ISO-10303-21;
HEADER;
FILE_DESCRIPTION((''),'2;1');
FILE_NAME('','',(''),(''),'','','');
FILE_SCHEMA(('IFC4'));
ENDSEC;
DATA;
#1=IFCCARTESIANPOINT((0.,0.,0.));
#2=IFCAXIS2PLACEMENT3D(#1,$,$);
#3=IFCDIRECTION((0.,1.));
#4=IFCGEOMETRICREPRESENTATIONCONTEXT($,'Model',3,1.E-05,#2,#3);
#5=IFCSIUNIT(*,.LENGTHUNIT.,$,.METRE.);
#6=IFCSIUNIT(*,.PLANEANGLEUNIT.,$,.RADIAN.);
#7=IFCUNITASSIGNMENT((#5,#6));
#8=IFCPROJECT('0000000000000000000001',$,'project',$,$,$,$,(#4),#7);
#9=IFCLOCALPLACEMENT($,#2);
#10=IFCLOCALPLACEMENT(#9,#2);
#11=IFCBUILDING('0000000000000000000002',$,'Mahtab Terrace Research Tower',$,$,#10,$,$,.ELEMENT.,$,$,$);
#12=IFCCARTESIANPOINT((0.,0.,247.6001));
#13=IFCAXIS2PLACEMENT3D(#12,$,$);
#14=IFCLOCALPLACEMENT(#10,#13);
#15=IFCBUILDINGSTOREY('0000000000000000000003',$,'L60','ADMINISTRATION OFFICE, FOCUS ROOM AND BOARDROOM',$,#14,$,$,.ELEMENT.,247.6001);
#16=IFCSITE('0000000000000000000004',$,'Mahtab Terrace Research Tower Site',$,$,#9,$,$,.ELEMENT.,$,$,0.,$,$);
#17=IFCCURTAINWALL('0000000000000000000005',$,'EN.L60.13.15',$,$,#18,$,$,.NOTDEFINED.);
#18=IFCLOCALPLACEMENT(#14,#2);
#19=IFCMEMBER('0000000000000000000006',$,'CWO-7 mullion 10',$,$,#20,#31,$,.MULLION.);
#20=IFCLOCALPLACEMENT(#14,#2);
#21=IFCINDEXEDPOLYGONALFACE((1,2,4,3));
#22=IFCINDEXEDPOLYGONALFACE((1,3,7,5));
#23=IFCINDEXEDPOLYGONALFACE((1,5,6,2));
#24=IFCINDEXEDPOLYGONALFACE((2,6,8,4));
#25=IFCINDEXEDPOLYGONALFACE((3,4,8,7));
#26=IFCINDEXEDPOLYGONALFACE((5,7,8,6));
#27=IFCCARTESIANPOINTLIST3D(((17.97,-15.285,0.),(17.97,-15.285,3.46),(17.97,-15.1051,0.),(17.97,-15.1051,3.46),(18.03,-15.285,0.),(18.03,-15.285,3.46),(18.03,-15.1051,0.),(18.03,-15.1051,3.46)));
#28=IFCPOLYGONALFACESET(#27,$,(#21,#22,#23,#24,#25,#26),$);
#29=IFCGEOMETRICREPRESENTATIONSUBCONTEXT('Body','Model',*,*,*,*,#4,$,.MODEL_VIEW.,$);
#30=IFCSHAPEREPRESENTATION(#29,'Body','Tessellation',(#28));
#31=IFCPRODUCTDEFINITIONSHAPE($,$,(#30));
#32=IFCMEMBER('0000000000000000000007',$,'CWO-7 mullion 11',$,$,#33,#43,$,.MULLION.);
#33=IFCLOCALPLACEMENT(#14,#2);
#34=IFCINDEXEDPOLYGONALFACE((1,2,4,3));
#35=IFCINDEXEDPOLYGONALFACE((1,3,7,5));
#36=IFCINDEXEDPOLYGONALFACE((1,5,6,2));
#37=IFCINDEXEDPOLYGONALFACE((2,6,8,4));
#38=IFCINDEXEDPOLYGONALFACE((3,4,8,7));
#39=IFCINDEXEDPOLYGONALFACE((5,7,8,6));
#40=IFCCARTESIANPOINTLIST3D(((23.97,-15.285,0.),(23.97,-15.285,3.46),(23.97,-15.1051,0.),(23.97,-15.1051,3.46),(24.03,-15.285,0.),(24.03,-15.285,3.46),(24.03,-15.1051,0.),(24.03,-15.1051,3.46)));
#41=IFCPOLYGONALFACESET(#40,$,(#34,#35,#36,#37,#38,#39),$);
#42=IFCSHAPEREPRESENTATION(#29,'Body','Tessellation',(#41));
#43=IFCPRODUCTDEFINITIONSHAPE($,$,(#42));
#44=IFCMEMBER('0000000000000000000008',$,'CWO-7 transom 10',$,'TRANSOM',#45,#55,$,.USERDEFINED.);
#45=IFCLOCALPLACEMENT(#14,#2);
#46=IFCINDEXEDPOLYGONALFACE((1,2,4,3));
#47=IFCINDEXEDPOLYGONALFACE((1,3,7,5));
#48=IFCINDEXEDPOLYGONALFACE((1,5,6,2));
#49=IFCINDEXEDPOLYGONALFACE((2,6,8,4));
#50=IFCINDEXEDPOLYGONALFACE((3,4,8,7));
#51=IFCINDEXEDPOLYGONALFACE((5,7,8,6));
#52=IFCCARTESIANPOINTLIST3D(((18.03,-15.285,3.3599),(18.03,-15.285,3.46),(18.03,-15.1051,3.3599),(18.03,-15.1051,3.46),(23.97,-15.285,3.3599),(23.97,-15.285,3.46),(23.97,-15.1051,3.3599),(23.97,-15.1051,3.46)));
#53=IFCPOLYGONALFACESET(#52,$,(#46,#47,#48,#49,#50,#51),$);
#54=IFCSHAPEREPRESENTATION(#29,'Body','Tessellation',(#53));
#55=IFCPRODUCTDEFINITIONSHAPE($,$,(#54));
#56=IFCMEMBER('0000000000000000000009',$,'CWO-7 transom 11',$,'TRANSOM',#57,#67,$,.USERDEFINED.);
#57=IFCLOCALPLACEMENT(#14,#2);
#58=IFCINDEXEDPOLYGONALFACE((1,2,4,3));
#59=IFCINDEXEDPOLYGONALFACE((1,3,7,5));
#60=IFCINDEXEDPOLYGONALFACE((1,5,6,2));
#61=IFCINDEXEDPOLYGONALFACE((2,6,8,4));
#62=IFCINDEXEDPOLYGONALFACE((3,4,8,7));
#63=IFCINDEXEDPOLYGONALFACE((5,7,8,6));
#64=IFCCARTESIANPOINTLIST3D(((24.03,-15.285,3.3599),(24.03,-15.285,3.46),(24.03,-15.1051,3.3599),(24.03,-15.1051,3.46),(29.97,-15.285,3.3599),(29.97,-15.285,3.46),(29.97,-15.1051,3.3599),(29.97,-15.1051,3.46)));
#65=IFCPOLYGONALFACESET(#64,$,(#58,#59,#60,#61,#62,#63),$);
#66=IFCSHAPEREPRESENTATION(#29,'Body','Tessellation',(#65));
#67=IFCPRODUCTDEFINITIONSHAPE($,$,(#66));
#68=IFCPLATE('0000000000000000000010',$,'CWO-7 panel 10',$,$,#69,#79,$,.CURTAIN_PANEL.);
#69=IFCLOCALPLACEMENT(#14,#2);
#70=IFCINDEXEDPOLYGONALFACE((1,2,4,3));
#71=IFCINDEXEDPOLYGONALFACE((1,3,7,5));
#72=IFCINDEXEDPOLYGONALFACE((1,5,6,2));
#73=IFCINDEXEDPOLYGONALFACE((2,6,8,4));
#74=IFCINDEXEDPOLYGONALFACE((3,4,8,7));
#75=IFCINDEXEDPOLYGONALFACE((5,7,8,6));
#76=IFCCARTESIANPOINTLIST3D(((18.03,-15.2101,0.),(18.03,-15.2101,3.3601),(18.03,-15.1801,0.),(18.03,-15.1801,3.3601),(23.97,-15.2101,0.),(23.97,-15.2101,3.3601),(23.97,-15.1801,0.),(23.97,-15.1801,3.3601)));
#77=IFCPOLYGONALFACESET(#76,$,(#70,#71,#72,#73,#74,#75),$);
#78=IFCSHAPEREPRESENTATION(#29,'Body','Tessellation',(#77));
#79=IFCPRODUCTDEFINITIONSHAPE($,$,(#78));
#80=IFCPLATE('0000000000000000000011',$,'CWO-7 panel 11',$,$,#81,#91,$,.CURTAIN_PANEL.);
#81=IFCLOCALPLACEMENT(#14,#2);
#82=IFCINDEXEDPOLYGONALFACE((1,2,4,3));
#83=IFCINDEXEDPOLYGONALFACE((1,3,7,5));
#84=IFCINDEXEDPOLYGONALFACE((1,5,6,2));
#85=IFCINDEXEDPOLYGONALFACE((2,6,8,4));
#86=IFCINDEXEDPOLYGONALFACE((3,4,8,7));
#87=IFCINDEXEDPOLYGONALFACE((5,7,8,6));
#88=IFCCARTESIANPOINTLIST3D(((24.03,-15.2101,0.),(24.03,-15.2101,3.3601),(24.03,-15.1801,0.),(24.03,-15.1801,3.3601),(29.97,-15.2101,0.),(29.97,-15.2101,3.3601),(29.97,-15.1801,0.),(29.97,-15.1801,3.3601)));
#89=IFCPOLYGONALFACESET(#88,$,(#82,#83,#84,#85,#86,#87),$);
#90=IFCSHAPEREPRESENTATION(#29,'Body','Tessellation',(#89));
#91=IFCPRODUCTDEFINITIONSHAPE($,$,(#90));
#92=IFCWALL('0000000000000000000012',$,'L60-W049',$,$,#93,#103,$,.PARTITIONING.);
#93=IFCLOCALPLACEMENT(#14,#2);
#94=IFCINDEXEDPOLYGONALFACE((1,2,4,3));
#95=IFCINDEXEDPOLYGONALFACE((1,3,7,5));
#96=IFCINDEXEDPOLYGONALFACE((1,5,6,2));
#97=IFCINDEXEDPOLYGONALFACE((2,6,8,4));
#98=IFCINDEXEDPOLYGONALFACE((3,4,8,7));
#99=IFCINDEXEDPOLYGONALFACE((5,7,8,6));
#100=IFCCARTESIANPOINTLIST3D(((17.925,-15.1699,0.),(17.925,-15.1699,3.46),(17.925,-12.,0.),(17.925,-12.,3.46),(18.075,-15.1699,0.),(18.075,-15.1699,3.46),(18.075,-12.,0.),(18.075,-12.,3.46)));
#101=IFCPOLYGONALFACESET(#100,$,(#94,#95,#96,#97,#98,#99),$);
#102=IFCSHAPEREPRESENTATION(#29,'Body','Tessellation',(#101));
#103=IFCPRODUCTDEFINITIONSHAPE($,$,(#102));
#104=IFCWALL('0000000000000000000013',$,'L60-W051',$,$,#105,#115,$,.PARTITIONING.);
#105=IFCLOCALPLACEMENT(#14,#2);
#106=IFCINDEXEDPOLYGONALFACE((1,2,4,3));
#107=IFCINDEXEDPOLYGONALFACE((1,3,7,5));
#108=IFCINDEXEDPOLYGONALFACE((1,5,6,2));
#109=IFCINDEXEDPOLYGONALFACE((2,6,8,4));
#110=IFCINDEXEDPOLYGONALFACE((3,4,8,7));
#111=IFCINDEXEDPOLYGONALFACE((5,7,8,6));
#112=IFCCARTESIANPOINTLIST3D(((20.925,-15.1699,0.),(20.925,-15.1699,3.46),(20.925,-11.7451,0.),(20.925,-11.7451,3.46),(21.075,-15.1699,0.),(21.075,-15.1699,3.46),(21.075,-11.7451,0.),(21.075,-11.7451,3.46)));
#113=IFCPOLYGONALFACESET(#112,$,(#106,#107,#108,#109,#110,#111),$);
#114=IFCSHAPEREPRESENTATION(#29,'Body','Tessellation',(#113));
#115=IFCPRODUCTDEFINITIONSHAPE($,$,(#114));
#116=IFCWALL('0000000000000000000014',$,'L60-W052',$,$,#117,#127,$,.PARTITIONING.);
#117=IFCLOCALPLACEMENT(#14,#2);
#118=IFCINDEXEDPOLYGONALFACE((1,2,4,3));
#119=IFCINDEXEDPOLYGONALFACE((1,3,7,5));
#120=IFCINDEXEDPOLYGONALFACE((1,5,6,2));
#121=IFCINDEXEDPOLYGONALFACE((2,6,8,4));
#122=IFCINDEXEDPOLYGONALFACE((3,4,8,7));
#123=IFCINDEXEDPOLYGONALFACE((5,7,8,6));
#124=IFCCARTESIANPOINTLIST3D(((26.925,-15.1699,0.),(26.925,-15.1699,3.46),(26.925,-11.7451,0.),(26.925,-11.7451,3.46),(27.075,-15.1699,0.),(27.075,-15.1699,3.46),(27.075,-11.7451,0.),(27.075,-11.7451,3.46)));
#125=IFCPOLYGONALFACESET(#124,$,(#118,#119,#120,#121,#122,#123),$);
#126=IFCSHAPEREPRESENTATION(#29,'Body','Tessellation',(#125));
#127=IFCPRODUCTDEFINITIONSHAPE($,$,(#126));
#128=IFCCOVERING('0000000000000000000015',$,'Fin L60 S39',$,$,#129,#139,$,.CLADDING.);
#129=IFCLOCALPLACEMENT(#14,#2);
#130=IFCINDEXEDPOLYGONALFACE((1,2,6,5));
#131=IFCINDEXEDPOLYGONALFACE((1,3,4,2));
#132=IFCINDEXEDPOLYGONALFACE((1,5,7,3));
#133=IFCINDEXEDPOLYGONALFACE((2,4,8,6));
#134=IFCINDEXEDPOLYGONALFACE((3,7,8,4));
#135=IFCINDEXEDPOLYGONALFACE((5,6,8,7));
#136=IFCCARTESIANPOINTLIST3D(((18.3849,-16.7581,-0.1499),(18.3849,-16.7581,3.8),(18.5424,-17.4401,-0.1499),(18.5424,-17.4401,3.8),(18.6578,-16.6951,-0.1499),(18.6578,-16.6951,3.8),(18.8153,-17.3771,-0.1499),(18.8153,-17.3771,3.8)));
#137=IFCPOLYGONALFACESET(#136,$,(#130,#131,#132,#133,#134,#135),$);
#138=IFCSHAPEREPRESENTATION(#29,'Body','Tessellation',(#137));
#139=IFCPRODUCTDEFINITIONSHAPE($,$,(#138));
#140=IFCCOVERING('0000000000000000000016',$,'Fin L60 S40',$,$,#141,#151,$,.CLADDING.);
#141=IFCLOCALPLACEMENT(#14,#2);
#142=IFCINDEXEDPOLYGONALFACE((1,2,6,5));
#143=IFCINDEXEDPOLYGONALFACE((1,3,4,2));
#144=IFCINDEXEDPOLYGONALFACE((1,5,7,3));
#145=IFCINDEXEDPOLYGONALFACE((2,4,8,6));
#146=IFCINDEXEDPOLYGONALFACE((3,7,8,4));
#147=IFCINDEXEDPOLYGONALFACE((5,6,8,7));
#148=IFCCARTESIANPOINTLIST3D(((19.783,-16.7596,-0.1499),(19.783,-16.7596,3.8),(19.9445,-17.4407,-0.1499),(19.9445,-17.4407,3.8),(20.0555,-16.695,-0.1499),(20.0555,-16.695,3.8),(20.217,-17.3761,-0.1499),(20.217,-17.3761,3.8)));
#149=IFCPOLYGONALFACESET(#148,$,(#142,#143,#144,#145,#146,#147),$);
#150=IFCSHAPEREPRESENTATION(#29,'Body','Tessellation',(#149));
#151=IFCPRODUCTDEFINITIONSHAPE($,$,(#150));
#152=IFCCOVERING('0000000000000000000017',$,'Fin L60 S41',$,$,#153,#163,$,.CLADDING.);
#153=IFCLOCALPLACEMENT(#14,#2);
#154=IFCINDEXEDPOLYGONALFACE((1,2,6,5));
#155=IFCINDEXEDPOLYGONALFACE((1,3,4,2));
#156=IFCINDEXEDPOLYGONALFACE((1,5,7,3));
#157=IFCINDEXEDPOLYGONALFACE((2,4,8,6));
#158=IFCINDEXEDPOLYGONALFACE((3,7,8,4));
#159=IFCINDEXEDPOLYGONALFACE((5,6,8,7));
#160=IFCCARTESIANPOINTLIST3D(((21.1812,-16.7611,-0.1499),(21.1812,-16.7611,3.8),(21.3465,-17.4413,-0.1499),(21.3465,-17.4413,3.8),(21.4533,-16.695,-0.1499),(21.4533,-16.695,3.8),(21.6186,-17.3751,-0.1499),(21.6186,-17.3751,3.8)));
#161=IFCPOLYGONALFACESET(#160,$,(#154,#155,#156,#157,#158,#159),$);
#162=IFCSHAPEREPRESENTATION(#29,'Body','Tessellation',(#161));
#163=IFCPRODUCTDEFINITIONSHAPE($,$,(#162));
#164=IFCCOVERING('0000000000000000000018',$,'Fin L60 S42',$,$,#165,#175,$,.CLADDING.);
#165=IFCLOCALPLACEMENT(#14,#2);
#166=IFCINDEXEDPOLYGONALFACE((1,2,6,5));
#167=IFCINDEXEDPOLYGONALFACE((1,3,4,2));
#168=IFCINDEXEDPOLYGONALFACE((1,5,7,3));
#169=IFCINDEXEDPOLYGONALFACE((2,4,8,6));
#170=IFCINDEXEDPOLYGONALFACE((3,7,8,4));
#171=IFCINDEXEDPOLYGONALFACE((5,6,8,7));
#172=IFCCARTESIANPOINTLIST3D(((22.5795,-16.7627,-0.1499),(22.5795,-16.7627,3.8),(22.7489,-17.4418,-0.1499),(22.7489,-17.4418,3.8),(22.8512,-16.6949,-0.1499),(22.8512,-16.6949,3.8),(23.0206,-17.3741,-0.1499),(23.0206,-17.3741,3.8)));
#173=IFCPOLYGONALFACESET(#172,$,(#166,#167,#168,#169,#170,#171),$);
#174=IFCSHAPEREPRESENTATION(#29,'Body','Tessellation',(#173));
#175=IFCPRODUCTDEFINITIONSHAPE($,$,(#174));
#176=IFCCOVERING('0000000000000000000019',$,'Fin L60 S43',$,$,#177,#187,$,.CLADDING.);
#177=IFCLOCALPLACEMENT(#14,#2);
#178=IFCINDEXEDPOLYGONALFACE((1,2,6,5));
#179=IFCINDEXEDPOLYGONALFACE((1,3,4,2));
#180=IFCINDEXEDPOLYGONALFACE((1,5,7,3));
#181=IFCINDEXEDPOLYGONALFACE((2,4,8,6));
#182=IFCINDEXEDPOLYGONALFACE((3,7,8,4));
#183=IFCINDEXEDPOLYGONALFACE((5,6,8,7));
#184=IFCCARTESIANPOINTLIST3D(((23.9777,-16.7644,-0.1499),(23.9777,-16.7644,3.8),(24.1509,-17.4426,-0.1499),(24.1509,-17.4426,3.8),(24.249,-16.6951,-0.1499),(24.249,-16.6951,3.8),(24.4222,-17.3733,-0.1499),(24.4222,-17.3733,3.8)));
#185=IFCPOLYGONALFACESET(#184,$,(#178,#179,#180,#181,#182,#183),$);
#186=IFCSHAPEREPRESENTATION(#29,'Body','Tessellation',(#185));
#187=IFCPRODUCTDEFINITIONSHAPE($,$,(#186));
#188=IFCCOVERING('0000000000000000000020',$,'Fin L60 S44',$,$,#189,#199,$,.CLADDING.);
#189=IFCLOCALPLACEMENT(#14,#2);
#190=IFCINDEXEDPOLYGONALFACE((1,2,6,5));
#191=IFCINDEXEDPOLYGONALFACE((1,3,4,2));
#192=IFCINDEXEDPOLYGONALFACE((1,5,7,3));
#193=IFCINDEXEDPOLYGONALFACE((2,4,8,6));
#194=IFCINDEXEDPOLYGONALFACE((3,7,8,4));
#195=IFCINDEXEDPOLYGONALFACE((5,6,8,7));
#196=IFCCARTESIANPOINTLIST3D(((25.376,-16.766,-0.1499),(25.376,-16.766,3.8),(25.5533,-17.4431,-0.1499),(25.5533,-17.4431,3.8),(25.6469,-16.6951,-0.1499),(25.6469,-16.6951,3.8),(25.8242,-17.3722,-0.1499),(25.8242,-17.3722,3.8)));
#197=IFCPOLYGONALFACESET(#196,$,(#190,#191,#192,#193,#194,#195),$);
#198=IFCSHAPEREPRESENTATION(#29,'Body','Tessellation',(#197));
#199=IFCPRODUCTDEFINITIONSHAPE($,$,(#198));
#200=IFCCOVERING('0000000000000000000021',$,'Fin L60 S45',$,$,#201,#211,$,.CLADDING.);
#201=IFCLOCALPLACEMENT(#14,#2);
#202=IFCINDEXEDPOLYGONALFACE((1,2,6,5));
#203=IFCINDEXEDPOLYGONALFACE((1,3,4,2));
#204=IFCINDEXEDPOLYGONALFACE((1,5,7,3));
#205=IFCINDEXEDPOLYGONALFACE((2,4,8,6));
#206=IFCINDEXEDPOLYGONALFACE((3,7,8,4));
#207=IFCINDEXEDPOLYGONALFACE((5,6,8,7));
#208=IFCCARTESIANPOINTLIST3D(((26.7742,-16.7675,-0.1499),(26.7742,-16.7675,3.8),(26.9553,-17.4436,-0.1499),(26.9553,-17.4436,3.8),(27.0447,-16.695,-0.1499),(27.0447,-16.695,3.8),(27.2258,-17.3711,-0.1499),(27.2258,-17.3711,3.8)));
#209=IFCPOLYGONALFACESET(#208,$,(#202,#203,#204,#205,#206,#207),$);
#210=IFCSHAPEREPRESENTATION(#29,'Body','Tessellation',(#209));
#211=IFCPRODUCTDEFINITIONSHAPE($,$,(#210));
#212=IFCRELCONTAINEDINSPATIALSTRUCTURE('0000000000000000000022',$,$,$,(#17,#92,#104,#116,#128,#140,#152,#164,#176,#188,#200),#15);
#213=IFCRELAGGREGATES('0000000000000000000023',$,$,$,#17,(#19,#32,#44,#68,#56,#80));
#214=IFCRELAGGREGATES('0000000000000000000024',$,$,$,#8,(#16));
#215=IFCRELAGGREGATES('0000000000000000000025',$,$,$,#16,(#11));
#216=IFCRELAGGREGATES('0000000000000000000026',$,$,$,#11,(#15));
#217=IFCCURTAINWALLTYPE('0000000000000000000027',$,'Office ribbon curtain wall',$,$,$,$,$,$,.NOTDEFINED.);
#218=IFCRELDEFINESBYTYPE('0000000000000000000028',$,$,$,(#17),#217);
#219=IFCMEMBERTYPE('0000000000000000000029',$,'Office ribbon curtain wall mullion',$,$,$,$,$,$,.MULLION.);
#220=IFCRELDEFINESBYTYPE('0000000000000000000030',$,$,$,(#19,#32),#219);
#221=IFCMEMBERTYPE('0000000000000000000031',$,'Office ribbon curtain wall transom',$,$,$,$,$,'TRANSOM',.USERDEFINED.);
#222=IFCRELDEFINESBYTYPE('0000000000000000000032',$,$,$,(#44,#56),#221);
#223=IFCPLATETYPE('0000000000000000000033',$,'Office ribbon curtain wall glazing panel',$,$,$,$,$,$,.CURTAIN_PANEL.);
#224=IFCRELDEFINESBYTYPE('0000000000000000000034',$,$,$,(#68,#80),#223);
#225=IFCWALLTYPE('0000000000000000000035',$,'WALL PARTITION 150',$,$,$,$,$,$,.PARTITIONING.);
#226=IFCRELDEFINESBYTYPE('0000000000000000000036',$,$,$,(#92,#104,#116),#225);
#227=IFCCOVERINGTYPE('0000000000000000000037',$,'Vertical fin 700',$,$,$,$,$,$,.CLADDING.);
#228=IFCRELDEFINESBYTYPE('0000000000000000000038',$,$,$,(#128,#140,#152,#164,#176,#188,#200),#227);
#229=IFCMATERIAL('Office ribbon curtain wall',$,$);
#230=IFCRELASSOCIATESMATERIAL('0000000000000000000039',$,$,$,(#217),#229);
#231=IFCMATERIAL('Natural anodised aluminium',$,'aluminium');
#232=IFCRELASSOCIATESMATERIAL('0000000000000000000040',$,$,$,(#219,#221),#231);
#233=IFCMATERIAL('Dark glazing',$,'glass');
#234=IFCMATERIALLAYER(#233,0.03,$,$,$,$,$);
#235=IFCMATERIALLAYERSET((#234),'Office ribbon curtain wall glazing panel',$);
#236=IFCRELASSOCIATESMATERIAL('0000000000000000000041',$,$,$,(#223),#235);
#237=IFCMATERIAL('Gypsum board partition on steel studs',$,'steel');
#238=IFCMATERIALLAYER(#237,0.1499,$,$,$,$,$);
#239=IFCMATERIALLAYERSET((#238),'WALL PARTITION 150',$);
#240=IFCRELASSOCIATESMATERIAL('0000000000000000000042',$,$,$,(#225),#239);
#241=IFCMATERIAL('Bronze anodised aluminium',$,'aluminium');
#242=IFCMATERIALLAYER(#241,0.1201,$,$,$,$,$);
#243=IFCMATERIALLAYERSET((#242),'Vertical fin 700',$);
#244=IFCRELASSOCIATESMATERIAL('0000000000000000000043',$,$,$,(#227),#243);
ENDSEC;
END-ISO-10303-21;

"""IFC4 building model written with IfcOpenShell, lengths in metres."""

from ifc_helpers import new_model, si_unit, direction, frame, frame_2d, origin, origin_2d, place, context, subcontext, project, spatial, rectangle, extrude, material, layer, layer_set, material_profile, profile_set, type_object, element, aggregate, save


model = new_model("IFC4")

# Units and contexts
model_context = context("Model", 3, precision=1e-05, world=origin(), true_north=direction((0.0, 1.0)))
body_context = subcontext(model_context, "Body", "Model", "MODEL_VIEW")
ifc_project = project(units=[si_unit("LENGTHUNIT", "METRE"), si_unit("PLANEANGLEUNIT", "RADIAN")], contexts=[model_context])

# Site, building, storey
site_placement = place(None, origin())
site = spatial("IfcSite", under=ifc_project, at=site_placement, Name="Mahtab Terrace Research Tower Site", CompositionType="ELEMENT", RefElevation=0.0)
building_placement = place(site_placement, origin())
building = spatial("IfcBuilding", under=site, at=building_placement, Name="Mahtab Terrace Research Tower", CompositionType="ELEMENT")
storey_placement = place(building_placement, frame((0.0, 0.0, 247.6001)))
storey = spatial("IfcBuildingStorey", under=building, at=storey_placement, Name="L60", Description="ADMINISTRATION OFFICE, FOCUS ROOM AND BOARDROOM", CompositionType="ELEMENT", Elevation=247.6001)

# Curtain wall, members, plates
ifc_material_1 = material(Name="Office ribbon curtain wall")
curtain_wall_type = type_object("IfcCurtainWallType", Name="Office ribbon curtain wall", PredefinedType="NOTDEFINED", material=ifc_material_1)
curtain_wall_placement = place(storey_placement, origin())
curtain_wall = element("IfcCurtainWall", 1, at=curtain_wall_placement, inside=storey, type_object=curtain_wall_type, Name="EN.L60.13.15", PredefinedType="NOTDEFINED")
ifc_material_2 = material(Name="Natural anodised aluminium", Category="aluminium")
ifc_material_profile_1 = material_profile(ifc_material_2, rectangle(XDim=0.1799, YDim=0.0601, at=origin_2d()), Name="MULLION 60x180")
ifc_profile_set_1 = profile_set([ifc_material_profile_1], Name="Natural anodised aluminium")
member_type_1 = type_object("IfcMemberType", Name="Office ribbon curtain wall mullion", PredefinedType="MULLION", material=ifc_profile_set_1)
member_1_placement = place(storey_placement, frame((18.0, -15.1951, 0.0), z_axis=(0.0, 0.0, 1.0), x_axis=(0.0, 1.0, 0.0)))
member_1 = element("IfcMember", 2, at=member_1_placement, type_object=member_type_1, Name="CWO-7 mullion 10", PredefinedType="MULLION", context=body_context, shape_type="SweptSolid", body=[
    extrude(rectangle(XDim=0.1799, YDim=0.0601, at=origin_2d()), origin(), (0.0, 0.0, 1.0), 3.46),
])
member_2_placement = place(storey_placement, frame((24.0, -15.1951, 0.0), z_axis=(0.0, 0.0, 1.0), x_axis=(0.0, 1.0, 0.0)))
member_2 = element("IfcMember", 3, at=member_2_placement, type_object=member_type_1, Name="CWO-7 mullion 11", PredefinedType="MULLION", context=body_context, shape_type="SweptSolid", body=[
    extrude(rectangle(XDim=0.1799, YDim=0.0601, at=origin_2d()), origin(), (0.0, 0.0, 1.0), 3.46),
])
ifc_material_profile_2 = material_profile(ifc_material_2, rectangle(XDim=0.1799, YDim=0.1001, at=origin_2d()), Name="TRANSOM 100x180")
ifc_profile_set_2 = profile_set([ifc_material_profile_2], Name="Natural anodised aluminium")
member_type_2 = type_object("IfcMemberType", Name="Office ribbon curtain wall transom", ElementType="TRANSOM", PredefinedType="USERDEFINED", material=ifc_profile_set_2)
member_3_placement = place(storey_placement, frame((18.03, -15.1951, 3.4099), z_axis=(1.0, 0.0, 0.0), x_axis=(0.0, 1.0, 0.0)))
member_3 = element("IfcMember", 4, at=member_3_placement, type_object=member_type_2, Name="CWO-7 transom 10", ObjectType="TRANSOM", PredefinedType="USERDEFINED", context=body_context, shape_type="SweptSolid", body=[
    extrude(rectangle(XDim=0.1799, YDim=0.1001, at=origin_2d()), origin(), (0.0, 0.0, 1.0), 5.9399),
])
member_4_placement = place(storey_placement, frame((24.03, -15.1951, 3.4099), z_axis=(1.0, 0.0, 0.0), x_axis=(0.0, 1.0, 0.0)))
member_4 = element("IfcMember", 5, at=member_4_placement, type_object=member_type_2, Name="CWO-7 transom 11", ObjectType="TRANSOM", PredefinedType="USERDEFINED", context=body_context, shape_type="SweptSolid", body=[
    extrude(rectangle(XDim=0.1799, YDim=0.1001, at=origin_2d()), origin(), (0.0, 0.0, 1.0), 5.9399),
])
ifc_material_3 = material(Name="Dark glazing", Category="glass")
ifc_layer_1 = layer(ifc_material_3, 0.03)
ifc_layer_set_1 = layer_set([ifc_layer_1], Name="Office ribbon curtain wall glazing panel")
plate_type = type_object("IfcPlateType", Name="Office ribbon curtain wall glazing panel", PredefinedType="CURTAIN_PANEL", material=ifc_layer_set_1)
plate_1_placement = place(storey_placement, frame((21.0, -15.1951, 0.0), z_axis=(0.0, 0.0, 1.0), x_axis=(1.0, 0.0, 0.0)))
plate_1 = element("IfcPlate", 6, at=plate_1_placement, type_object=plate_type, Name="CWO-7 panel 10", PredefinedType="CURTAIN_PANEL", context=body_context, shape_type="SweptSolid", body=[
    extrude(rectangle(XDim=5.9399, YDim=0.03, at=origin_2d()), origin(), (0.0, 0.0, 1.0), 3.3601),
])
plate_2_placement = place(storey_placement, frame((27.0, -15.1951, 0.0), z_axis=(0.0, 0.0, 1.0), x_axis=(1.0, 0.0, 0.0)))
plate_2 = element("IfcPlate", 7, at=plate_2_placement, type_object=plate_type, Name="CWO-7 panel 11", PredefinedType="CURTAIN_PANEL", context=body_context, shape_type="SweptSolid", body=[
    extrude(rectangle(XDim=5.9399, YDim=0.03, at=origin_2d()), origin(), (0.0, 0.0, 1.0), 3.3601),
])
aggregate(curtain_wall, [member_1, member_2, member_3, plate_1, member_4, plate_2])

# Walls
ifc_material_4 = material(Name="Gypsum board partition on steel studs", Category="steel")
ifc_layer_2 = layer(ifc_material_4, 0.1499)
ifc_layer_set_2 = layer_set([ifc_layer_2], Name="WALL PARTITION 150")
wall_type = type_object("IfcWallType", Name="WALL PARTITION 150", PredefinedType="PARTITIONING", material=ifc_layer_set_2)
wall_placement = place(storey_placement, frame((18.0, -15.1699, 0.0), z_axis=(0.0, 0.0, 1.0), x_axis=(0.0, 1.0, 0.0)))
element("IfcWall", 8, at=wall_placement, inside=storey, type_object=wall_type, Name="L60-W049", PredefinedType="PARTITIONING", context=body_context, shape_type="SweptSolid", body=[
    extrude(rectangle(XDim=3.1699, YDim=0.1499, at=frame_2d((1.585, 0.0))), origin(), (0.0, 0.0, 1.0), 3.46),
])
for number, where, z_axis, x_axis, name in (
    (9, (21.0, -15.1699, 0.0), (0.0, 0.0, 1.0), (0.0, 1.0, 0.0), "L60-W051"),
    (10, (27.0, -15.1699, 0.0), (0.0, 0.0, 1.0), (0.0, 1.0, 0.0), "L60-W052"),
):
    element("IfcWall", number, at=place(storey_placement, frame(where, z_axis=z_axis, x_axis=x_axis)), inside=storey, type_object=wall_type, Name=name, PredefinedType="PARTITIONING", context=body_context, shape_type="SweptSolid", body=[
        extrude(rectangle(XDim=3.4248, YDim=0.1499, at=frame_2d((1.7124, 0.0))), origin(), (0.0, 0.0, 1.0), 3.46),
    ])

# Coverings
ifc_material_5 = material(Name="Bronze anodised aluminium", Category="aluminium")
ifc_layer_3 = layer(ifc_material_5, 0.1201)
ifc_layer_set_3 = layer_set([ifc_layer_3], Name="Vertical fin 700")
covering_type = type_object("IfcCoveringType", Name="Vertical fin 700", PredefinedType="CLADDING", material=ifc_layer_set_3)
for number, where, z_axis, x_axis, name in (
    (11, (18.6001, -17.0676, -0.1499), (0.0, 0.0, 1.0), (0.97437, 0.224951, 0.0), "Fin L60 S39"),
    (12, (20.0, -17.0679, -0.1499), (0.0, 0.0, 1.0), (0.973045, 0.230616, 0.0), "Fin L60 S40"),
    (13, (21.3999, -17.0681, -0.1499), (0.0, 0.0, 1.0), (0.971687, 0.236273, 0.0), "Fin L60 S41"),
    (14, (22.8, -17.0684, -0.1499), (0.0, 0.0, 1.0), (0.970296, 0.241922, 0.0), "Fin L60 S42"),
    (15, (24.2, -17.0688, -0.1499), (0.0, 0.0, 1.0), (0.968872, 0.247563, 0.0), "Fin L60 S43"),
    (16, (25.6001, -17.0691, -0.1499), (0.0, 0.0, 1.0), (0.967415, 0.253195, 0.0), "Fin L60 S44"),
    (17, (27.0, -17.0693, -0.1499), (0.0, 0.0, 1.0), (0.965926, 0.258819, 0.0), "Fin L60 S45"),
):
    element("IfcCovering", number, at=place(storey_placement, frame(where, z_axis=z_axis, x_axis=x_axis)), inside=storey, type_object=covering_type, Name=name, PredefinedType="CLADDING", context=body_context, shape_type="SweptSolid", body=[
        extrude(rectangle(XDim=0.28, YDim=0.7, at=origin_2d()), origin(), (0.0, 0.0, 1.0), 3.95),
    ])

save(model, "model.ifc")
